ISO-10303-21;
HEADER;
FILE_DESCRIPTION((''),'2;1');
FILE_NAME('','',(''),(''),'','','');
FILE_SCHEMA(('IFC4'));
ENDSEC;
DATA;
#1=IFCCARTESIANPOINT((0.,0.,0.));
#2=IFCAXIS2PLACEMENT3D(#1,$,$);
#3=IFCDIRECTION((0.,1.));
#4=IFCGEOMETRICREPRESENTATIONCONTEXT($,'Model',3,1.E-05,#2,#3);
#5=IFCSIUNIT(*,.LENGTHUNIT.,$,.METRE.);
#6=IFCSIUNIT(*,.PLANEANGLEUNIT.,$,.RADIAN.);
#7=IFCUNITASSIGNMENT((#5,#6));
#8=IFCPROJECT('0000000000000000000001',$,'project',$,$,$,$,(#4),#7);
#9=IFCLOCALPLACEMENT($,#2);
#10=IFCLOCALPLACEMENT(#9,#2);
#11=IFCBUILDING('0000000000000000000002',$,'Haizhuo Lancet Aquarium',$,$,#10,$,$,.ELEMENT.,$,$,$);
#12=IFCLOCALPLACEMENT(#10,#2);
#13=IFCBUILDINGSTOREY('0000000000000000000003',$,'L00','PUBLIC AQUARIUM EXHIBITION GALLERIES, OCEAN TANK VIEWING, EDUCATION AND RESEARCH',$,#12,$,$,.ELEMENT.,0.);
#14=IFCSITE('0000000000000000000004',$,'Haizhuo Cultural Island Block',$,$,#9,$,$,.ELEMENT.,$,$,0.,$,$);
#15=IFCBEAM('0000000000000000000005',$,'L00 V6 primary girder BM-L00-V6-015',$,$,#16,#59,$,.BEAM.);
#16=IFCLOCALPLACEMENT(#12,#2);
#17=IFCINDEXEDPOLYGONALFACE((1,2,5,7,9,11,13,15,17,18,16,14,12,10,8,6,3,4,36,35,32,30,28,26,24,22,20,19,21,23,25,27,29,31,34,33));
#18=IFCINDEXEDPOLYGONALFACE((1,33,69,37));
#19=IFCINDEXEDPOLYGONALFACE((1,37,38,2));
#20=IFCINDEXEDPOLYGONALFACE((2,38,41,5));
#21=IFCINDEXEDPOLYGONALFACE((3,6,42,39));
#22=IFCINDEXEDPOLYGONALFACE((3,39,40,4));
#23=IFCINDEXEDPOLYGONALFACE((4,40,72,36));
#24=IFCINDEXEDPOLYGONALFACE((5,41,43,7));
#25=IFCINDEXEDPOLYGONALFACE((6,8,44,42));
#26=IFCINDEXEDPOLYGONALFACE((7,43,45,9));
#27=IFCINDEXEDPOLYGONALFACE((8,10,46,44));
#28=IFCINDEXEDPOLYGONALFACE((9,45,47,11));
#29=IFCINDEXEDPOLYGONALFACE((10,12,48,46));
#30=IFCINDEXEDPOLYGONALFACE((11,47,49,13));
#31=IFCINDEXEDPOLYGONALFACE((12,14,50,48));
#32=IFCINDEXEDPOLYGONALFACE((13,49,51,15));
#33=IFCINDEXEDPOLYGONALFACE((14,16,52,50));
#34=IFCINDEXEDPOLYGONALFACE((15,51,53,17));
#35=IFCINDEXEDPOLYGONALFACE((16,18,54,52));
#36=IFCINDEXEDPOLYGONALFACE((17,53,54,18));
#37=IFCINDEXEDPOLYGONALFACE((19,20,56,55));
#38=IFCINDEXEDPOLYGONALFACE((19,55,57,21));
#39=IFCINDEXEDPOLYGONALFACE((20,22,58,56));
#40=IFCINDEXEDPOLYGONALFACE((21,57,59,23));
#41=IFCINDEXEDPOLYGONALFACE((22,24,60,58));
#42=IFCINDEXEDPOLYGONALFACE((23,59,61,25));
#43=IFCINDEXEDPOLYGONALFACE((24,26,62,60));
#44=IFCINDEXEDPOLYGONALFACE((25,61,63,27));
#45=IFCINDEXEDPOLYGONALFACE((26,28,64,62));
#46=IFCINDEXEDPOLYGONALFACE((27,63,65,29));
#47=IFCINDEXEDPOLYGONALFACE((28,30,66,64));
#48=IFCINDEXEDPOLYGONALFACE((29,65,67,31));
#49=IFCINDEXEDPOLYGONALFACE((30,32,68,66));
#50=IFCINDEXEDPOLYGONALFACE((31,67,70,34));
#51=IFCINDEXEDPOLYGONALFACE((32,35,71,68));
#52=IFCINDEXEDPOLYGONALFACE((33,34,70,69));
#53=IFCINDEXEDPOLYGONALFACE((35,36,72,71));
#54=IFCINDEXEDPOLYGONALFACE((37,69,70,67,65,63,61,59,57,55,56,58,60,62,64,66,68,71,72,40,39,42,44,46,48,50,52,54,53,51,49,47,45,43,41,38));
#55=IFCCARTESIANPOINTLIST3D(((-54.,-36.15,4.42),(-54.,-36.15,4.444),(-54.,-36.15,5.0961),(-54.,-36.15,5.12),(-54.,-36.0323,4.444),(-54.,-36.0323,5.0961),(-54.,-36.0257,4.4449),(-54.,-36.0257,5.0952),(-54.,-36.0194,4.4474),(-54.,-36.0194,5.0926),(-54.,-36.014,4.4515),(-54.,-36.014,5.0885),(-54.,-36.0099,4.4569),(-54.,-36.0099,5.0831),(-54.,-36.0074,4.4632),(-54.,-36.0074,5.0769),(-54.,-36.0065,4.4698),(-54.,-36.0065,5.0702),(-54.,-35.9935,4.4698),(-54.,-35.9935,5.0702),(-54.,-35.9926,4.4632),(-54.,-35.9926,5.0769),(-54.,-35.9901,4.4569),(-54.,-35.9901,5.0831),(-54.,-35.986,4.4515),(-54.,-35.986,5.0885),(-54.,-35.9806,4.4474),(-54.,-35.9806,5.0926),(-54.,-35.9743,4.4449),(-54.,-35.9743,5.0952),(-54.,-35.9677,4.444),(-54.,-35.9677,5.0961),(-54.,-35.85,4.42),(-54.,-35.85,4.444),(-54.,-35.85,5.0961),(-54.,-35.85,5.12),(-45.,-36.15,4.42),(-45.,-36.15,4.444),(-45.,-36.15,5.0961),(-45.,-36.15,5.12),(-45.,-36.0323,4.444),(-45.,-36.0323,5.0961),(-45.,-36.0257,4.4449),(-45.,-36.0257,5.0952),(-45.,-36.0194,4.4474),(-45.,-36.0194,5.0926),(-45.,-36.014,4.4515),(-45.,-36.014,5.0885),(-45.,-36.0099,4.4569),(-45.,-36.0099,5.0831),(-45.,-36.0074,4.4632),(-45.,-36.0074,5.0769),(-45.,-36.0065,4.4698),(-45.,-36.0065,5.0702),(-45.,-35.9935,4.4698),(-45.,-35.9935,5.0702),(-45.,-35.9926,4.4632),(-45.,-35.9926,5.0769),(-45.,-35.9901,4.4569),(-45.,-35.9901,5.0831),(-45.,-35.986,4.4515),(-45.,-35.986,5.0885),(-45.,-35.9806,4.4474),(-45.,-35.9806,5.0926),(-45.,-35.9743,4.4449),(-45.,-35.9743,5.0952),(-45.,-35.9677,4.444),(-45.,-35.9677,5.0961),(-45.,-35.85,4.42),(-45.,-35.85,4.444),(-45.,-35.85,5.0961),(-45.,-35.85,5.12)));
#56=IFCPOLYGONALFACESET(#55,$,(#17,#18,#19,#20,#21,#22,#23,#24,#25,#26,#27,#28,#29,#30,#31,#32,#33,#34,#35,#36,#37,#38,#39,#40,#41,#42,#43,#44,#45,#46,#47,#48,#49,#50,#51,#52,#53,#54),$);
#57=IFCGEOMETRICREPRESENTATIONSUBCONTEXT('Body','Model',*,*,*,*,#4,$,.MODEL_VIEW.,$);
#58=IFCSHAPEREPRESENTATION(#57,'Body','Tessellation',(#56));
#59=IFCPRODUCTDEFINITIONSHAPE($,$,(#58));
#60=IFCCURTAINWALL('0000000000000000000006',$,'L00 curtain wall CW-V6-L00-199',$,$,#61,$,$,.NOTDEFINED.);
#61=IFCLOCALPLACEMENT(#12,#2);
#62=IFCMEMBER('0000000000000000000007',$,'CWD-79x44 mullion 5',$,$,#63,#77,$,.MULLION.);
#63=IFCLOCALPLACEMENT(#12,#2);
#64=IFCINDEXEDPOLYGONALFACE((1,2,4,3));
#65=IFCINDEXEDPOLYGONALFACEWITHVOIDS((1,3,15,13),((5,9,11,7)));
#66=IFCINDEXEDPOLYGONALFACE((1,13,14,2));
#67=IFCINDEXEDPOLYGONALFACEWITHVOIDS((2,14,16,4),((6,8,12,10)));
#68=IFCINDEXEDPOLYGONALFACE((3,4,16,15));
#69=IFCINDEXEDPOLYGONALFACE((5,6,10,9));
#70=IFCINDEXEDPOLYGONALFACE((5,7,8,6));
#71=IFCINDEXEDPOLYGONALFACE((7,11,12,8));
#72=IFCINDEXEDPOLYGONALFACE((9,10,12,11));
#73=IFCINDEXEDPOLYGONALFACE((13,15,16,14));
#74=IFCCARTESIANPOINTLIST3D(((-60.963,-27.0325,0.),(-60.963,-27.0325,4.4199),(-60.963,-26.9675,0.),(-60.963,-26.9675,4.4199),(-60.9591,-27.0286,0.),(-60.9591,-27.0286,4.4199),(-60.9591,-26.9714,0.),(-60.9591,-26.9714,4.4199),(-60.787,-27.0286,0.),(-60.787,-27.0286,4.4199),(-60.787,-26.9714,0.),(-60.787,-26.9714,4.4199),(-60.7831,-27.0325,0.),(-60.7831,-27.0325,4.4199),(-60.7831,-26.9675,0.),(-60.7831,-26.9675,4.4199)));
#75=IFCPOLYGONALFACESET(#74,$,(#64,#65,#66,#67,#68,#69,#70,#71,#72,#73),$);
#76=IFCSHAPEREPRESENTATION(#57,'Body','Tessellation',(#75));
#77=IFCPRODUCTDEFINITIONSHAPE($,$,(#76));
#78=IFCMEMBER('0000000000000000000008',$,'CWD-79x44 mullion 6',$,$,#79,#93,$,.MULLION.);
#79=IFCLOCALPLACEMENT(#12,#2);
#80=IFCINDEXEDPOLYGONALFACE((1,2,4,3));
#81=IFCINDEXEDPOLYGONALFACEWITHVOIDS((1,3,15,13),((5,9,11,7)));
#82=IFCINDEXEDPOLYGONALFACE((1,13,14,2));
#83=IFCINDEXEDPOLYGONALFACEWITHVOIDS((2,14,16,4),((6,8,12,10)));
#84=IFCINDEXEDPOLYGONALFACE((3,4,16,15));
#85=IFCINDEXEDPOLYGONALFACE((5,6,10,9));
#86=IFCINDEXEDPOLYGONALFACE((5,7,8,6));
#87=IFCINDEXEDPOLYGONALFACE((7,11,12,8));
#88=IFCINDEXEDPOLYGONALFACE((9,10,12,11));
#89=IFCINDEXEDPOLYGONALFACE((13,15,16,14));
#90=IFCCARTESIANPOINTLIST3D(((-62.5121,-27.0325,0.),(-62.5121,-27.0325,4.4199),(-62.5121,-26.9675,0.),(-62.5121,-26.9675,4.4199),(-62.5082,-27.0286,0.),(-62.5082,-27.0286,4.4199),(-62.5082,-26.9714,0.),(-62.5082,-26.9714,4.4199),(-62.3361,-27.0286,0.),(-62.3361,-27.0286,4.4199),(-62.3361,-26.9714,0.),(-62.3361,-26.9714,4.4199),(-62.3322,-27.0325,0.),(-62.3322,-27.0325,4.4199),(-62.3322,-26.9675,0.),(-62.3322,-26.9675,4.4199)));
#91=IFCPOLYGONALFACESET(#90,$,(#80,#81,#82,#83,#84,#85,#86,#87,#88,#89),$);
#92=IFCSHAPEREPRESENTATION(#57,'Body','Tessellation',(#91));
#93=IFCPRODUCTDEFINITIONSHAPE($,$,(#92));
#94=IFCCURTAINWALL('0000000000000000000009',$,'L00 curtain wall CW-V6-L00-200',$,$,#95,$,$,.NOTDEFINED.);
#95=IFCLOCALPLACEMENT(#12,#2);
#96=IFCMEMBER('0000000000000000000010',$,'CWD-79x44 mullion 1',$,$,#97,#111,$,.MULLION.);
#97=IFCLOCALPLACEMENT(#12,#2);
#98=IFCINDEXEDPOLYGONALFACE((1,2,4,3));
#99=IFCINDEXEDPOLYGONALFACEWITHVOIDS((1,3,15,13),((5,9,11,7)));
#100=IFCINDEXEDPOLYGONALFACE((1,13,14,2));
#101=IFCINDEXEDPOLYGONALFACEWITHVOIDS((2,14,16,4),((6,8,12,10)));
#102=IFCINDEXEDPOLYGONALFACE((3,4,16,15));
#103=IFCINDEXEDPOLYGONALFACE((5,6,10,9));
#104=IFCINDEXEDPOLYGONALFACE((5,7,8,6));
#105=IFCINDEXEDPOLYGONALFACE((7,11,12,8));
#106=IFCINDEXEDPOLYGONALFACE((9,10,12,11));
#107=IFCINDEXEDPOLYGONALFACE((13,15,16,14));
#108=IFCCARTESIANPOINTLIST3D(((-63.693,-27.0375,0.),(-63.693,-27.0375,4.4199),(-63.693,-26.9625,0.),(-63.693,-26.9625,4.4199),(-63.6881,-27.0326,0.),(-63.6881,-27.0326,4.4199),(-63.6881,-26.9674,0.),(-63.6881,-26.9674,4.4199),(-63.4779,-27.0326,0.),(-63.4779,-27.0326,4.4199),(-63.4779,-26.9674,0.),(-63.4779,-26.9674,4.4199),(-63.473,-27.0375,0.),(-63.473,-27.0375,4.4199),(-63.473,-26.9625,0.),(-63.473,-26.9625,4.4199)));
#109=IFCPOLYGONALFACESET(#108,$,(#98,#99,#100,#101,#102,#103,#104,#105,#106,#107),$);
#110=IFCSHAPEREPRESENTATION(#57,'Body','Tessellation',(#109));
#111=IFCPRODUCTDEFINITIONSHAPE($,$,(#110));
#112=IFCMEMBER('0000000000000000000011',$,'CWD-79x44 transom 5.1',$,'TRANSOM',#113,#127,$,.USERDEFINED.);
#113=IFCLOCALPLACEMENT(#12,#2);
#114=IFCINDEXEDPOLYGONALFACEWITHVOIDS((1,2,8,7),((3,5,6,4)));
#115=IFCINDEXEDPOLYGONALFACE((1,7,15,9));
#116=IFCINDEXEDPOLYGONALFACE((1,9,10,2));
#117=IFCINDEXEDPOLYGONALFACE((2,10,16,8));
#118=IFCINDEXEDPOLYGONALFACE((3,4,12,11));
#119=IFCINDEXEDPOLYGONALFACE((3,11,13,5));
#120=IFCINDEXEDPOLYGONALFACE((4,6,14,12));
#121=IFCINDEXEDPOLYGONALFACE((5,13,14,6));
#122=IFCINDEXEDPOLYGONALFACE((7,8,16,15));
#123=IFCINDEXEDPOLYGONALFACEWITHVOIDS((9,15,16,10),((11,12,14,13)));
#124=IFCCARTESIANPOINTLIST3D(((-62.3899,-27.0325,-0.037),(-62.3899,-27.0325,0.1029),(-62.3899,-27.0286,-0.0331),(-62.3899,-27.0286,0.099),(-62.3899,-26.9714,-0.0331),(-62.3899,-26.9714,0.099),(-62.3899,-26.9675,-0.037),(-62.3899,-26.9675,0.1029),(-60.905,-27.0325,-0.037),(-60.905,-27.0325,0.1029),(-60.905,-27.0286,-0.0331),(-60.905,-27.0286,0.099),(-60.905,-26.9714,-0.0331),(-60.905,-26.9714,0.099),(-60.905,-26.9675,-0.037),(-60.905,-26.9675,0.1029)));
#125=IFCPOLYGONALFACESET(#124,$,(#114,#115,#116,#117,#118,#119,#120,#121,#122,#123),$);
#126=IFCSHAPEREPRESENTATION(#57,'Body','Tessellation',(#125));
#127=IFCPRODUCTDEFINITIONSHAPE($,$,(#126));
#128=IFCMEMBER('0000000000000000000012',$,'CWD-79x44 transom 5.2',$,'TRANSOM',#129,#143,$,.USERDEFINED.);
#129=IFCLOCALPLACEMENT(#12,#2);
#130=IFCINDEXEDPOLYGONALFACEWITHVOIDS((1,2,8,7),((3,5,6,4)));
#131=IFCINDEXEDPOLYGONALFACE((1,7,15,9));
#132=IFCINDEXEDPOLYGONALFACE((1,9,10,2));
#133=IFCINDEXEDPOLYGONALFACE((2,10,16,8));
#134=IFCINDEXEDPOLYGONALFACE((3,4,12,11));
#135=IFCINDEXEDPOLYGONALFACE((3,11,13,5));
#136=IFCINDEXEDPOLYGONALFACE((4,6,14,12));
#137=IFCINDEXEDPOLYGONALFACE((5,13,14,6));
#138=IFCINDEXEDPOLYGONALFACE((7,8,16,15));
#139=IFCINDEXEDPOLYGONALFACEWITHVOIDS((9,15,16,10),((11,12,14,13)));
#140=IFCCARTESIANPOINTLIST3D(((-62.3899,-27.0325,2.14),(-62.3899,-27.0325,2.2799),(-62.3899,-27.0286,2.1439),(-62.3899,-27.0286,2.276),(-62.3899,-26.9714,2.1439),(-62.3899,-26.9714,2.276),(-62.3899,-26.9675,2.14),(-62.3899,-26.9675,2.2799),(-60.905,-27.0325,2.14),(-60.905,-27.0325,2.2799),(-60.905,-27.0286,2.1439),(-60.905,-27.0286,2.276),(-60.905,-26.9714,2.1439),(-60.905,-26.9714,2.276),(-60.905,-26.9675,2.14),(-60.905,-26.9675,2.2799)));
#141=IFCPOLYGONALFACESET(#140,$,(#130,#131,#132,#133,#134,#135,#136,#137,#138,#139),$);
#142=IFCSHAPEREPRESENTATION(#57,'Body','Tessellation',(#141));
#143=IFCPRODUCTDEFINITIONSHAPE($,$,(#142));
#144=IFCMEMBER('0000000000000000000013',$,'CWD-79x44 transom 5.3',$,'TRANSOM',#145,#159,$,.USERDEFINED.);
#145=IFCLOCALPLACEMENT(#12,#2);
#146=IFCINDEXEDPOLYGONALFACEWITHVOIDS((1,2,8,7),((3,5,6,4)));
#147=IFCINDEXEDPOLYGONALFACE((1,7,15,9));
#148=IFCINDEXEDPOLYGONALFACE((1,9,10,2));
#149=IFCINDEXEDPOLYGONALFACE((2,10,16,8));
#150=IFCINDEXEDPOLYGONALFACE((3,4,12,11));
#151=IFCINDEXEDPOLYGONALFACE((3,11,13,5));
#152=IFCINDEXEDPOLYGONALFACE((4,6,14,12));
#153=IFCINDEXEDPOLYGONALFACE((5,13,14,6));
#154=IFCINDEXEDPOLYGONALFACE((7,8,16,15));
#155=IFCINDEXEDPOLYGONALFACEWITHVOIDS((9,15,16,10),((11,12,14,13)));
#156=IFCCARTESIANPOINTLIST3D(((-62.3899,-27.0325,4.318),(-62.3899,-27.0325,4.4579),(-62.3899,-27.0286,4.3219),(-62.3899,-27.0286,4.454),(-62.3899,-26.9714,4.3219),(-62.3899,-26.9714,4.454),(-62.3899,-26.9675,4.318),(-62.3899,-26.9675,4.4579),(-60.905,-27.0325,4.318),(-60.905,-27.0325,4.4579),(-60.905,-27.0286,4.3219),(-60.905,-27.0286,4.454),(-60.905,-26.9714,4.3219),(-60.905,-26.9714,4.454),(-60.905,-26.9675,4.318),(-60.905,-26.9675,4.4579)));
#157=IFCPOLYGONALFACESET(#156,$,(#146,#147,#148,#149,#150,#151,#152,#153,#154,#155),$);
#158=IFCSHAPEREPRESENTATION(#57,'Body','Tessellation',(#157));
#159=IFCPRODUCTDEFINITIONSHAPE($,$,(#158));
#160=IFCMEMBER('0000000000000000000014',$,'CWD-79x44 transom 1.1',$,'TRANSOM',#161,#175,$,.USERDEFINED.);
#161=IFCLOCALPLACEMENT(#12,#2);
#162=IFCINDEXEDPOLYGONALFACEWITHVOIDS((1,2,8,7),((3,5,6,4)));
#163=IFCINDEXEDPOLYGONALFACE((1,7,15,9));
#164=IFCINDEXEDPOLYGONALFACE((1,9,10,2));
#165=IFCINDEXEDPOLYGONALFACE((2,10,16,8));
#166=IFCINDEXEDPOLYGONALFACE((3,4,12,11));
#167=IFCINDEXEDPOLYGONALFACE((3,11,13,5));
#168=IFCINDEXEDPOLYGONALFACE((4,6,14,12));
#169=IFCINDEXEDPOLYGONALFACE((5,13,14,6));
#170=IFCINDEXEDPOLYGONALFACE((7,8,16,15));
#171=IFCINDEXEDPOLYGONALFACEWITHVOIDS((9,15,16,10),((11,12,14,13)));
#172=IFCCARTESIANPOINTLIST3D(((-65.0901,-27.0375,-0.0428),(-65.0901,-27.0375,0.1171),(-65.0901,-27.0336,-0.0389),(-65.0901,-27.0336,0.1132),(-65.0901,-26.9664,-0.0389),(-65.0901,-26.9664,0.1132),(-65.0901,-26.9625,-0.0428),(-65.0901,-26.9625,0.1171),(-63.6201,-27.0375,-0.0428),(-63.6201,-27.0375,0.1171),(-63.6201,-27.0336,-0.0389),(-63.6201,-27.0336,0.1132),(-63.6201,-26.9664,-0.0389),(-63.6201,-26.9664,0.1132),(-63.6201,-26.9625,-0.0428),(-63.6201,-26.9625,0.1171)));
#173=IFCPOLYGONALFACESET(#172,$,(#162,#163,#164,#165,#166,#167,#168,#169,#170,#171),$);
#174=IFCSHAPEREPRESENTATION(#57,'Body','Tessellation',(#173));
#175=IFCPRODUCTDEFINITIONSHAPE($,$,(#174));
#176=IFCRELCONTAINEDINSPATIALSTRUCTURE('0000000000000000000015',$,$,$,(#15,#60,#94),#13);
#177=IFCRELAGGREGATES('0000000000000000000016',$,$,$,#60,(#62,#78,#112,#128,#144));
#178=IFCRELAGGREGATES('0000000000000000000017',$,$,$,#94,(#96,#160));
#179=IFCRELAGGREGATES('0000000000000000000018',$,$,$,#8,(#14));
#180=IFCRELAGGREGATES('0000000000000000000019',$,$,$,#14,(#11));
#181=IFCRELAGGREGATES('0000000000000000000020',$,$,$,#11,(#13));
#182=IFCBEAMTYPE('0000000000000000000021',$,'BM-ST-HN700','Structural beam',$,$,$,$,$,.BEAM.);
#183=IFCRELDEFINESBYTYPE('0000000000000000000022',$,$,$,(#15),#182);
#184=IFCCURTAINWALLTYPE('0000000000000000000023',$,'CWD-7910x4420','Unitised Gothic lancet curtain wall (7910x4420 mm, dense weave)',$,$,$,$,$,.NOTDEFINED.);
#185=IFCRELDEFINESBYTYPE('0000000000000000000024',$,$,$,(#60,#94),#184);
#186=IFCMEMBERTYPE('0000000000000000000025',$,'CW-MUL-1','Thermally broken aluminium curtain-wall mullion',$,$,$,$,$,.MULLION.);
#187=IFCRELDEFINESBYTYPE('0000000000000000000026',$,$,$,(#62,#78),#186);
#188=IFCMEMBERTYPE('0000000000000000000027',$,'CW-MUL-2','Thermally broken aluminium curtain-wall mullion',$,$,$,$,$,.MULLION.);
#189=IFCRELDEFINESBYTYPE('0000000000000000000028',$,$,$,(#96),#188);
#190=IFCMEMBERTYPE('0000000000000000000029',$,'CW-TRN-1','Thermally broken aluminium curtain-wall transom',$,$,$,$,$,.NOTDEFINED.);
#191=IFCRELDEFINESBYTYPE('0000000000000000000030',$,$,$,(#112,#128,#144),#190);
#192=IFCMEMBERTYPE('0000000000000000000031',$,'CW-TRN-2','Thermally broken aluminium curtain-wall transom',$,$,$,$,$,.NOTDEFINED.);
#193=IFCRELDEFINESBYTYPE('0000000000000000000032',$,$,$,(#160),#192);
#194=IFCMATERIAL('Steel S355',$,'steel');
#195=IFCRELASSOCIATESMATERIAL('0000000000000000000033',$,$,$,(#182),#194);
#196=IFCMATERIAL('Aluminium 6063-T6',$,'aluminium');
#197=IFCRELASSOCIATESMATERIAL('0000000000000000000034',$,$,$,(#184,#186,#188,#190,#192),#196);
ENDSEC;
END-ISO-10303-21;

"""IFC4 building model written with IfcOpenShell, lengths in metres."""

from ifc_helpers import new_model, si_unit, direction, frame, origin, origin_2d, place, context, subcontext, project, spatial, hollow_rectangle, i_section, extrude, material, material_profile, profile_set, type_object, element, aggregate, save


model = new_model("IFC4")

# Units and contexts
model_context = context("Model", 3, precision=1e-05, world=origin(), true_north=direction((0.0, 1.0)))
body_context = subcontext(model_context, "Body", "Model", "MODEL_VIEW")
ifc_project = project(units=[si_unit("LENGTHUNIT", "METRE"), si_unit("PLANEANGLEUNIT", "RADIAN")], contexts=[model_context])

# Site, building, storey
site_placement = place(None, origin())
site = spatial("IfcSite", under=ifc_project, at=site_placement, Name="Haizhuo Cultural Island Block", CompositionType="ELEMENT", RefElevation=0.0)
building_placement = place(site_placement, origin())
building = spatial("IfcBuilding", under=site, at=building_placement, Name="Haizhuo Lancet Aquarium", CompositionType="ELEMENT")
storey_placement = place(building_placement, origin())
storey = spatial("IfcBuildingStorey", under=building, at=storey_placement, Name="L00", Description="PUBLIC AQUARIUM EXHIBITION GALLERIES, OCEAN TANK VIEWING, EDUCATION AND RESEARCH", CompositionType="ELEMENT", Elevation=0.0)

# Beam
ifc_material_1 = material(Name="Steel S355", Category="steel")
ifc_material_profile_1 = material_profile(ifc_material_1, i_section(OverallWidth=0.3, OverallDepth=0.7, WebThickness=0.0129, FlangeThickness=0.0239, FilletRadius=0.0259, at=origin_2d()), Name="HN 700x300x13x24")
ifc_profile_set_1 = profile_set([ifc_material_profile_1], Name="Steel S355")
beam_type_1 = type_object("IfcBeamType", Name="BM-ST-HN700", Description="Structural beam", PredefinedType="BEAM", material=ifc_profile_set_1)
for number, where, z_axis, x_axis, name in (
    (1, (-54.0, -36.0, 4.77), (1.0, 0.0, 0.0), (0.0, 1.0, 0.0), "L00 V6 primary girder BM-L00-V6-015"),
):
    element("IfcBeam", number, at=place(storey_placement, frame(where, z_axis=z_axis, x_axis=x_axis)), inside=storey, type_object=beam_type_1, Name=name, PredefinedType="BEAM", context=body_context, shape_type="SweptSolid", body=[
        extrude(i_section(OverallWidth=0.3, OverallDepth=0.7, WebThickness=0.0129, FlangeThickness=0.0239, FilletRadius=0.0259, at=origin_2d()), origin(), (0.0, 0.0, 1.0), 9.0),
    ])

# Curtain wall, members
ifc_material_2 = material(Name="Aluminium 6063-T6", Category="aluminium")
curtain_wall_type = type_object("IfcCurtainWallType", Name="CWD-7910x4420", Description="Unitised Gothic lancet curtain wall (7910x4420 mm, dense weave)", PredefinedType="NOTDEFINED", material=ifc_material_2)
curtain_wall_1_placement = place(storey_placement, origin())
curtain_wall_1 = element("IfcCurtainWall", 2, at=curtain_wall_1_placement, inside=storey, type_object=curtain_wall_type, Name="L00 curtain wall CW-V6-L00-199", PredefinedType="NOTDEFINED")
ifc_material_profile_2 = material_profile(ifc_material_2, hollow_rectangle(XDim=0.0649, YDim=0.1799, WallThickness=0.0039, at=origin_2d()), Name="ALU-M 65x180x4")
ifc_profile_set_2 = profile_set([ifc_material_profile_2], Name="Aluminium 6063-T6")
member_type_1 = type_object("IfcMemberType", Name="CW-MUL-1", Description="Thermally broken aluminium curtain-wall mullion", PredefinedType="MULLION", material=ifc_profile_set_2)
member_1_placement = place(storey_placement, frame((-60.873, -27.0, 0.0), z_axis=(0.0, 0.0, 1.0), x_axis=(0.0, -1.0, 0.0)))
member_1 = element("IfcMember", 3, at=member_1_placement, type_object=member_type_1, Name="CWD-79x44 mullion 5", PredefinedType="MULLION", context=body_context, shape_type="SweptSolid", body=[
    extrude(hollow_rectangle(XDim=0.0649, YDim=0.1799, WallThickness=0.0039, at=origin_2d()), origin(), (0.0, 0.0, 1.0), 4.4199),
])
member_2_placement = place(storey_placement, frame((-62.4221, -27.0, 0.0), z_axis=(0.0, 0.0, 1.0), x_axis=(0.0, -1.0, 0.0)))
member_2 = element("IfcMember", 4, at=member_2_placement, type_object=member_type_1, Name="CWD-79x44 mullion 6", PredefinedType="MULLION", context=body_context, shape_type="SweptSolid", body=[
    extrude(hollow_rectangle(XDim=0.0649, YDim=0.1799, WallThickness=0.0039, at=origin_2d()), origin(), (0.0, 0.0, 1.0), 4.4199),
])

# Curtain wall, member
curtain_wall_2_placement = place(storey_placement, origin())
curtain_wall_2 = element("IfcCurtainWall", 5, at=curtain_wall_2_placement, inside=storey, type_object=curtain_wall_type, Name="L00 curtain wall CW-V6-L00-200", PredefinedType="NOTDEFINED")
ifc_material_profile_3 = material_profile(ifc_material_2, hollow_rectangle(XDim=0.075, YDim=0.22, WallThickness=0.0049, at=origin_2d()), Name="ALU-M 75x220x5")
ifc_profile_set_3 = profile_set([ifc_material_profile_3], Name="Aluminium 6063-T6")
member_type_2 = type_object("IfcMemberType", Name="CW-MUL-2", Description="Thermally broken aluminium curtain-wall mullion", PredefinedType="MULLION", material=ifc_profile_set_3)
member_3_placement = place(storey_placement, frame((-63.583, -27.0, 0.0), z_axis=(0.0, 0.0, 1.0), x_axis=(0.0, -1.0, 0.0)))
member_3 = element("IfcMember", 6, at=member_3_placement, type_object=member_type_2, Name="CWD-79x44 mullion 1", PredefinedType="MULLION", context=body_context, shape_type="SweptSolid", body=[
    extrude(hollow_rectangle(XDim=0.075, YDim=0.22, WallThickness=0.0049, at=origin_2d()), origin(), (0.0, 0.0, 1.0), 4.4199),
])

# Members
ifc_material_profile_4 = material_profile(ifc_material_2, hollow_rectangle(XDim=0.0649, YDim=0.1399, WallThickness=0.0039, at=origin_2d()), Name="ALU-T 65x140x4")
ifc_profile_set_4 = profile_set([ifc_material_profile_4], Name="Aluminium 6063-T6")
member_type_3 = type_object("IfcMemberType", Name="CW-TRN-1", Description="Thermally broken aluminium curtain-wall transom", PredefinedType="NOTDEFINED", material=ifc_profile_set_4)
member_4_placement = place(storey_placement, frame((-60.905, -27.0, 0.033), z_axis=(-1.0, 0.0, 0.0), x_axis=(0.0, -1.0, 0.0)))
member_4 = element("IfcMember", 7, at=member_4_placement, type_object=member_type_3, Name="CWD-79x44 transom 5.1", ObjectType="TRANSOM", PredefinedType="USERDEFINED", context=body_context, shape_type="SweptSolid", body=[
    extrude(hollow_rectangle(XDim=0.0649, YDim=0.1399, WallThickness=0.0039, at=origin_2d()), origin(), (0.0, 0.0, 1.0), 1.4849),
])
member_5_placement = place(storey_placement, frame((-60.905, -27.0, 2.21), z_axis=(-1.0, 0.0, 0.0), x_axis=(0.0, -1.0, 0.0)))
member_5 = element("IfcMember", 8, at=member_5_placement, type_object=member_type_3, Name="CWD-79x44 transom 5.2", ObjectType="TRANSOM", PredefinedType="USERDEFINED", context=body_context, shape_type="SweptSolid", body=[
    extrude(hollow_rectangle(XDim=0.0649, YDim=0.1399, WallThickness=0.0039, at=origin_2d()), origin(), (0.0, 0.0, 1.0), 1.4849),
])
member_6_placement = place(storey_placement, frame((-60.905, -27.0, 4.3879), z_axis=(-1.0, 0.0, 0.0), x_axis=(0.0, -1.0, 0.0)))
member_6 = element("IfcMember", 9, at=member_6_placement, type_object=member_type_3, Name="CWD-79x44 transom 5.3", ObjectType="TRANSOM", PredefinedType="USERDEFINED", context=body_context, shape_type="SweptSolid", body=[
    extrude(hollow_rectangle(XDim=0.0649, YDim=0.1399, WallThickness=0.0039, at=origin_2d()), origin(), (0.0, 0.0, 1.0), 1.4849),
])
ifc_material_profile_5 = material_profile(ifc_material_2, hollow_rectangle(XDim=0.075, YDim=0.1599, WallThickness=0.0039, at=origin_2d()), Name="ALU-T 75x160x4")
ifc_profile_set_5 = profile_set([ifc_material_profile_5], Name="Aluminium 6063-T6")
member_type_4 = type_object("IfcMemberType", Name="CW-TRN-2", Description="Thermally broken aluminium curtain-wall transom", PredefinedType="NOTDEFINED", material=ifc_profile_set_5)
member_7_placement = place(storey_placement, frame((-63.6201, -27.0, 0.0371), z_axis=(-1.0, 0.0, 0.0), x_axis=(0.0, -1.0, 0.0)))
member_7 = element("IfcMember", 10, at=member_7_placement, type_object=member_type_4, Name="CWD-79x44 transom 1.1", ObjectType="TRANSOM", PredefinedType="USERDEFINED", context=body_context, shape_type="SweptSolid", body=[
    extrude(hollow_rectangle(XDim=0.075, YDim=0.1599, WallThickness=0.0039, at=origin_2d()), origin(), (0.0, 0.0, 1.0), 1.47),
])

aggregate(curtain_wall_1, [member_1, member_2, member_4, member_5, member_6])
aggregate(curtain_wall_2, [member_3, member_7])

save(model, "model.ifc")
